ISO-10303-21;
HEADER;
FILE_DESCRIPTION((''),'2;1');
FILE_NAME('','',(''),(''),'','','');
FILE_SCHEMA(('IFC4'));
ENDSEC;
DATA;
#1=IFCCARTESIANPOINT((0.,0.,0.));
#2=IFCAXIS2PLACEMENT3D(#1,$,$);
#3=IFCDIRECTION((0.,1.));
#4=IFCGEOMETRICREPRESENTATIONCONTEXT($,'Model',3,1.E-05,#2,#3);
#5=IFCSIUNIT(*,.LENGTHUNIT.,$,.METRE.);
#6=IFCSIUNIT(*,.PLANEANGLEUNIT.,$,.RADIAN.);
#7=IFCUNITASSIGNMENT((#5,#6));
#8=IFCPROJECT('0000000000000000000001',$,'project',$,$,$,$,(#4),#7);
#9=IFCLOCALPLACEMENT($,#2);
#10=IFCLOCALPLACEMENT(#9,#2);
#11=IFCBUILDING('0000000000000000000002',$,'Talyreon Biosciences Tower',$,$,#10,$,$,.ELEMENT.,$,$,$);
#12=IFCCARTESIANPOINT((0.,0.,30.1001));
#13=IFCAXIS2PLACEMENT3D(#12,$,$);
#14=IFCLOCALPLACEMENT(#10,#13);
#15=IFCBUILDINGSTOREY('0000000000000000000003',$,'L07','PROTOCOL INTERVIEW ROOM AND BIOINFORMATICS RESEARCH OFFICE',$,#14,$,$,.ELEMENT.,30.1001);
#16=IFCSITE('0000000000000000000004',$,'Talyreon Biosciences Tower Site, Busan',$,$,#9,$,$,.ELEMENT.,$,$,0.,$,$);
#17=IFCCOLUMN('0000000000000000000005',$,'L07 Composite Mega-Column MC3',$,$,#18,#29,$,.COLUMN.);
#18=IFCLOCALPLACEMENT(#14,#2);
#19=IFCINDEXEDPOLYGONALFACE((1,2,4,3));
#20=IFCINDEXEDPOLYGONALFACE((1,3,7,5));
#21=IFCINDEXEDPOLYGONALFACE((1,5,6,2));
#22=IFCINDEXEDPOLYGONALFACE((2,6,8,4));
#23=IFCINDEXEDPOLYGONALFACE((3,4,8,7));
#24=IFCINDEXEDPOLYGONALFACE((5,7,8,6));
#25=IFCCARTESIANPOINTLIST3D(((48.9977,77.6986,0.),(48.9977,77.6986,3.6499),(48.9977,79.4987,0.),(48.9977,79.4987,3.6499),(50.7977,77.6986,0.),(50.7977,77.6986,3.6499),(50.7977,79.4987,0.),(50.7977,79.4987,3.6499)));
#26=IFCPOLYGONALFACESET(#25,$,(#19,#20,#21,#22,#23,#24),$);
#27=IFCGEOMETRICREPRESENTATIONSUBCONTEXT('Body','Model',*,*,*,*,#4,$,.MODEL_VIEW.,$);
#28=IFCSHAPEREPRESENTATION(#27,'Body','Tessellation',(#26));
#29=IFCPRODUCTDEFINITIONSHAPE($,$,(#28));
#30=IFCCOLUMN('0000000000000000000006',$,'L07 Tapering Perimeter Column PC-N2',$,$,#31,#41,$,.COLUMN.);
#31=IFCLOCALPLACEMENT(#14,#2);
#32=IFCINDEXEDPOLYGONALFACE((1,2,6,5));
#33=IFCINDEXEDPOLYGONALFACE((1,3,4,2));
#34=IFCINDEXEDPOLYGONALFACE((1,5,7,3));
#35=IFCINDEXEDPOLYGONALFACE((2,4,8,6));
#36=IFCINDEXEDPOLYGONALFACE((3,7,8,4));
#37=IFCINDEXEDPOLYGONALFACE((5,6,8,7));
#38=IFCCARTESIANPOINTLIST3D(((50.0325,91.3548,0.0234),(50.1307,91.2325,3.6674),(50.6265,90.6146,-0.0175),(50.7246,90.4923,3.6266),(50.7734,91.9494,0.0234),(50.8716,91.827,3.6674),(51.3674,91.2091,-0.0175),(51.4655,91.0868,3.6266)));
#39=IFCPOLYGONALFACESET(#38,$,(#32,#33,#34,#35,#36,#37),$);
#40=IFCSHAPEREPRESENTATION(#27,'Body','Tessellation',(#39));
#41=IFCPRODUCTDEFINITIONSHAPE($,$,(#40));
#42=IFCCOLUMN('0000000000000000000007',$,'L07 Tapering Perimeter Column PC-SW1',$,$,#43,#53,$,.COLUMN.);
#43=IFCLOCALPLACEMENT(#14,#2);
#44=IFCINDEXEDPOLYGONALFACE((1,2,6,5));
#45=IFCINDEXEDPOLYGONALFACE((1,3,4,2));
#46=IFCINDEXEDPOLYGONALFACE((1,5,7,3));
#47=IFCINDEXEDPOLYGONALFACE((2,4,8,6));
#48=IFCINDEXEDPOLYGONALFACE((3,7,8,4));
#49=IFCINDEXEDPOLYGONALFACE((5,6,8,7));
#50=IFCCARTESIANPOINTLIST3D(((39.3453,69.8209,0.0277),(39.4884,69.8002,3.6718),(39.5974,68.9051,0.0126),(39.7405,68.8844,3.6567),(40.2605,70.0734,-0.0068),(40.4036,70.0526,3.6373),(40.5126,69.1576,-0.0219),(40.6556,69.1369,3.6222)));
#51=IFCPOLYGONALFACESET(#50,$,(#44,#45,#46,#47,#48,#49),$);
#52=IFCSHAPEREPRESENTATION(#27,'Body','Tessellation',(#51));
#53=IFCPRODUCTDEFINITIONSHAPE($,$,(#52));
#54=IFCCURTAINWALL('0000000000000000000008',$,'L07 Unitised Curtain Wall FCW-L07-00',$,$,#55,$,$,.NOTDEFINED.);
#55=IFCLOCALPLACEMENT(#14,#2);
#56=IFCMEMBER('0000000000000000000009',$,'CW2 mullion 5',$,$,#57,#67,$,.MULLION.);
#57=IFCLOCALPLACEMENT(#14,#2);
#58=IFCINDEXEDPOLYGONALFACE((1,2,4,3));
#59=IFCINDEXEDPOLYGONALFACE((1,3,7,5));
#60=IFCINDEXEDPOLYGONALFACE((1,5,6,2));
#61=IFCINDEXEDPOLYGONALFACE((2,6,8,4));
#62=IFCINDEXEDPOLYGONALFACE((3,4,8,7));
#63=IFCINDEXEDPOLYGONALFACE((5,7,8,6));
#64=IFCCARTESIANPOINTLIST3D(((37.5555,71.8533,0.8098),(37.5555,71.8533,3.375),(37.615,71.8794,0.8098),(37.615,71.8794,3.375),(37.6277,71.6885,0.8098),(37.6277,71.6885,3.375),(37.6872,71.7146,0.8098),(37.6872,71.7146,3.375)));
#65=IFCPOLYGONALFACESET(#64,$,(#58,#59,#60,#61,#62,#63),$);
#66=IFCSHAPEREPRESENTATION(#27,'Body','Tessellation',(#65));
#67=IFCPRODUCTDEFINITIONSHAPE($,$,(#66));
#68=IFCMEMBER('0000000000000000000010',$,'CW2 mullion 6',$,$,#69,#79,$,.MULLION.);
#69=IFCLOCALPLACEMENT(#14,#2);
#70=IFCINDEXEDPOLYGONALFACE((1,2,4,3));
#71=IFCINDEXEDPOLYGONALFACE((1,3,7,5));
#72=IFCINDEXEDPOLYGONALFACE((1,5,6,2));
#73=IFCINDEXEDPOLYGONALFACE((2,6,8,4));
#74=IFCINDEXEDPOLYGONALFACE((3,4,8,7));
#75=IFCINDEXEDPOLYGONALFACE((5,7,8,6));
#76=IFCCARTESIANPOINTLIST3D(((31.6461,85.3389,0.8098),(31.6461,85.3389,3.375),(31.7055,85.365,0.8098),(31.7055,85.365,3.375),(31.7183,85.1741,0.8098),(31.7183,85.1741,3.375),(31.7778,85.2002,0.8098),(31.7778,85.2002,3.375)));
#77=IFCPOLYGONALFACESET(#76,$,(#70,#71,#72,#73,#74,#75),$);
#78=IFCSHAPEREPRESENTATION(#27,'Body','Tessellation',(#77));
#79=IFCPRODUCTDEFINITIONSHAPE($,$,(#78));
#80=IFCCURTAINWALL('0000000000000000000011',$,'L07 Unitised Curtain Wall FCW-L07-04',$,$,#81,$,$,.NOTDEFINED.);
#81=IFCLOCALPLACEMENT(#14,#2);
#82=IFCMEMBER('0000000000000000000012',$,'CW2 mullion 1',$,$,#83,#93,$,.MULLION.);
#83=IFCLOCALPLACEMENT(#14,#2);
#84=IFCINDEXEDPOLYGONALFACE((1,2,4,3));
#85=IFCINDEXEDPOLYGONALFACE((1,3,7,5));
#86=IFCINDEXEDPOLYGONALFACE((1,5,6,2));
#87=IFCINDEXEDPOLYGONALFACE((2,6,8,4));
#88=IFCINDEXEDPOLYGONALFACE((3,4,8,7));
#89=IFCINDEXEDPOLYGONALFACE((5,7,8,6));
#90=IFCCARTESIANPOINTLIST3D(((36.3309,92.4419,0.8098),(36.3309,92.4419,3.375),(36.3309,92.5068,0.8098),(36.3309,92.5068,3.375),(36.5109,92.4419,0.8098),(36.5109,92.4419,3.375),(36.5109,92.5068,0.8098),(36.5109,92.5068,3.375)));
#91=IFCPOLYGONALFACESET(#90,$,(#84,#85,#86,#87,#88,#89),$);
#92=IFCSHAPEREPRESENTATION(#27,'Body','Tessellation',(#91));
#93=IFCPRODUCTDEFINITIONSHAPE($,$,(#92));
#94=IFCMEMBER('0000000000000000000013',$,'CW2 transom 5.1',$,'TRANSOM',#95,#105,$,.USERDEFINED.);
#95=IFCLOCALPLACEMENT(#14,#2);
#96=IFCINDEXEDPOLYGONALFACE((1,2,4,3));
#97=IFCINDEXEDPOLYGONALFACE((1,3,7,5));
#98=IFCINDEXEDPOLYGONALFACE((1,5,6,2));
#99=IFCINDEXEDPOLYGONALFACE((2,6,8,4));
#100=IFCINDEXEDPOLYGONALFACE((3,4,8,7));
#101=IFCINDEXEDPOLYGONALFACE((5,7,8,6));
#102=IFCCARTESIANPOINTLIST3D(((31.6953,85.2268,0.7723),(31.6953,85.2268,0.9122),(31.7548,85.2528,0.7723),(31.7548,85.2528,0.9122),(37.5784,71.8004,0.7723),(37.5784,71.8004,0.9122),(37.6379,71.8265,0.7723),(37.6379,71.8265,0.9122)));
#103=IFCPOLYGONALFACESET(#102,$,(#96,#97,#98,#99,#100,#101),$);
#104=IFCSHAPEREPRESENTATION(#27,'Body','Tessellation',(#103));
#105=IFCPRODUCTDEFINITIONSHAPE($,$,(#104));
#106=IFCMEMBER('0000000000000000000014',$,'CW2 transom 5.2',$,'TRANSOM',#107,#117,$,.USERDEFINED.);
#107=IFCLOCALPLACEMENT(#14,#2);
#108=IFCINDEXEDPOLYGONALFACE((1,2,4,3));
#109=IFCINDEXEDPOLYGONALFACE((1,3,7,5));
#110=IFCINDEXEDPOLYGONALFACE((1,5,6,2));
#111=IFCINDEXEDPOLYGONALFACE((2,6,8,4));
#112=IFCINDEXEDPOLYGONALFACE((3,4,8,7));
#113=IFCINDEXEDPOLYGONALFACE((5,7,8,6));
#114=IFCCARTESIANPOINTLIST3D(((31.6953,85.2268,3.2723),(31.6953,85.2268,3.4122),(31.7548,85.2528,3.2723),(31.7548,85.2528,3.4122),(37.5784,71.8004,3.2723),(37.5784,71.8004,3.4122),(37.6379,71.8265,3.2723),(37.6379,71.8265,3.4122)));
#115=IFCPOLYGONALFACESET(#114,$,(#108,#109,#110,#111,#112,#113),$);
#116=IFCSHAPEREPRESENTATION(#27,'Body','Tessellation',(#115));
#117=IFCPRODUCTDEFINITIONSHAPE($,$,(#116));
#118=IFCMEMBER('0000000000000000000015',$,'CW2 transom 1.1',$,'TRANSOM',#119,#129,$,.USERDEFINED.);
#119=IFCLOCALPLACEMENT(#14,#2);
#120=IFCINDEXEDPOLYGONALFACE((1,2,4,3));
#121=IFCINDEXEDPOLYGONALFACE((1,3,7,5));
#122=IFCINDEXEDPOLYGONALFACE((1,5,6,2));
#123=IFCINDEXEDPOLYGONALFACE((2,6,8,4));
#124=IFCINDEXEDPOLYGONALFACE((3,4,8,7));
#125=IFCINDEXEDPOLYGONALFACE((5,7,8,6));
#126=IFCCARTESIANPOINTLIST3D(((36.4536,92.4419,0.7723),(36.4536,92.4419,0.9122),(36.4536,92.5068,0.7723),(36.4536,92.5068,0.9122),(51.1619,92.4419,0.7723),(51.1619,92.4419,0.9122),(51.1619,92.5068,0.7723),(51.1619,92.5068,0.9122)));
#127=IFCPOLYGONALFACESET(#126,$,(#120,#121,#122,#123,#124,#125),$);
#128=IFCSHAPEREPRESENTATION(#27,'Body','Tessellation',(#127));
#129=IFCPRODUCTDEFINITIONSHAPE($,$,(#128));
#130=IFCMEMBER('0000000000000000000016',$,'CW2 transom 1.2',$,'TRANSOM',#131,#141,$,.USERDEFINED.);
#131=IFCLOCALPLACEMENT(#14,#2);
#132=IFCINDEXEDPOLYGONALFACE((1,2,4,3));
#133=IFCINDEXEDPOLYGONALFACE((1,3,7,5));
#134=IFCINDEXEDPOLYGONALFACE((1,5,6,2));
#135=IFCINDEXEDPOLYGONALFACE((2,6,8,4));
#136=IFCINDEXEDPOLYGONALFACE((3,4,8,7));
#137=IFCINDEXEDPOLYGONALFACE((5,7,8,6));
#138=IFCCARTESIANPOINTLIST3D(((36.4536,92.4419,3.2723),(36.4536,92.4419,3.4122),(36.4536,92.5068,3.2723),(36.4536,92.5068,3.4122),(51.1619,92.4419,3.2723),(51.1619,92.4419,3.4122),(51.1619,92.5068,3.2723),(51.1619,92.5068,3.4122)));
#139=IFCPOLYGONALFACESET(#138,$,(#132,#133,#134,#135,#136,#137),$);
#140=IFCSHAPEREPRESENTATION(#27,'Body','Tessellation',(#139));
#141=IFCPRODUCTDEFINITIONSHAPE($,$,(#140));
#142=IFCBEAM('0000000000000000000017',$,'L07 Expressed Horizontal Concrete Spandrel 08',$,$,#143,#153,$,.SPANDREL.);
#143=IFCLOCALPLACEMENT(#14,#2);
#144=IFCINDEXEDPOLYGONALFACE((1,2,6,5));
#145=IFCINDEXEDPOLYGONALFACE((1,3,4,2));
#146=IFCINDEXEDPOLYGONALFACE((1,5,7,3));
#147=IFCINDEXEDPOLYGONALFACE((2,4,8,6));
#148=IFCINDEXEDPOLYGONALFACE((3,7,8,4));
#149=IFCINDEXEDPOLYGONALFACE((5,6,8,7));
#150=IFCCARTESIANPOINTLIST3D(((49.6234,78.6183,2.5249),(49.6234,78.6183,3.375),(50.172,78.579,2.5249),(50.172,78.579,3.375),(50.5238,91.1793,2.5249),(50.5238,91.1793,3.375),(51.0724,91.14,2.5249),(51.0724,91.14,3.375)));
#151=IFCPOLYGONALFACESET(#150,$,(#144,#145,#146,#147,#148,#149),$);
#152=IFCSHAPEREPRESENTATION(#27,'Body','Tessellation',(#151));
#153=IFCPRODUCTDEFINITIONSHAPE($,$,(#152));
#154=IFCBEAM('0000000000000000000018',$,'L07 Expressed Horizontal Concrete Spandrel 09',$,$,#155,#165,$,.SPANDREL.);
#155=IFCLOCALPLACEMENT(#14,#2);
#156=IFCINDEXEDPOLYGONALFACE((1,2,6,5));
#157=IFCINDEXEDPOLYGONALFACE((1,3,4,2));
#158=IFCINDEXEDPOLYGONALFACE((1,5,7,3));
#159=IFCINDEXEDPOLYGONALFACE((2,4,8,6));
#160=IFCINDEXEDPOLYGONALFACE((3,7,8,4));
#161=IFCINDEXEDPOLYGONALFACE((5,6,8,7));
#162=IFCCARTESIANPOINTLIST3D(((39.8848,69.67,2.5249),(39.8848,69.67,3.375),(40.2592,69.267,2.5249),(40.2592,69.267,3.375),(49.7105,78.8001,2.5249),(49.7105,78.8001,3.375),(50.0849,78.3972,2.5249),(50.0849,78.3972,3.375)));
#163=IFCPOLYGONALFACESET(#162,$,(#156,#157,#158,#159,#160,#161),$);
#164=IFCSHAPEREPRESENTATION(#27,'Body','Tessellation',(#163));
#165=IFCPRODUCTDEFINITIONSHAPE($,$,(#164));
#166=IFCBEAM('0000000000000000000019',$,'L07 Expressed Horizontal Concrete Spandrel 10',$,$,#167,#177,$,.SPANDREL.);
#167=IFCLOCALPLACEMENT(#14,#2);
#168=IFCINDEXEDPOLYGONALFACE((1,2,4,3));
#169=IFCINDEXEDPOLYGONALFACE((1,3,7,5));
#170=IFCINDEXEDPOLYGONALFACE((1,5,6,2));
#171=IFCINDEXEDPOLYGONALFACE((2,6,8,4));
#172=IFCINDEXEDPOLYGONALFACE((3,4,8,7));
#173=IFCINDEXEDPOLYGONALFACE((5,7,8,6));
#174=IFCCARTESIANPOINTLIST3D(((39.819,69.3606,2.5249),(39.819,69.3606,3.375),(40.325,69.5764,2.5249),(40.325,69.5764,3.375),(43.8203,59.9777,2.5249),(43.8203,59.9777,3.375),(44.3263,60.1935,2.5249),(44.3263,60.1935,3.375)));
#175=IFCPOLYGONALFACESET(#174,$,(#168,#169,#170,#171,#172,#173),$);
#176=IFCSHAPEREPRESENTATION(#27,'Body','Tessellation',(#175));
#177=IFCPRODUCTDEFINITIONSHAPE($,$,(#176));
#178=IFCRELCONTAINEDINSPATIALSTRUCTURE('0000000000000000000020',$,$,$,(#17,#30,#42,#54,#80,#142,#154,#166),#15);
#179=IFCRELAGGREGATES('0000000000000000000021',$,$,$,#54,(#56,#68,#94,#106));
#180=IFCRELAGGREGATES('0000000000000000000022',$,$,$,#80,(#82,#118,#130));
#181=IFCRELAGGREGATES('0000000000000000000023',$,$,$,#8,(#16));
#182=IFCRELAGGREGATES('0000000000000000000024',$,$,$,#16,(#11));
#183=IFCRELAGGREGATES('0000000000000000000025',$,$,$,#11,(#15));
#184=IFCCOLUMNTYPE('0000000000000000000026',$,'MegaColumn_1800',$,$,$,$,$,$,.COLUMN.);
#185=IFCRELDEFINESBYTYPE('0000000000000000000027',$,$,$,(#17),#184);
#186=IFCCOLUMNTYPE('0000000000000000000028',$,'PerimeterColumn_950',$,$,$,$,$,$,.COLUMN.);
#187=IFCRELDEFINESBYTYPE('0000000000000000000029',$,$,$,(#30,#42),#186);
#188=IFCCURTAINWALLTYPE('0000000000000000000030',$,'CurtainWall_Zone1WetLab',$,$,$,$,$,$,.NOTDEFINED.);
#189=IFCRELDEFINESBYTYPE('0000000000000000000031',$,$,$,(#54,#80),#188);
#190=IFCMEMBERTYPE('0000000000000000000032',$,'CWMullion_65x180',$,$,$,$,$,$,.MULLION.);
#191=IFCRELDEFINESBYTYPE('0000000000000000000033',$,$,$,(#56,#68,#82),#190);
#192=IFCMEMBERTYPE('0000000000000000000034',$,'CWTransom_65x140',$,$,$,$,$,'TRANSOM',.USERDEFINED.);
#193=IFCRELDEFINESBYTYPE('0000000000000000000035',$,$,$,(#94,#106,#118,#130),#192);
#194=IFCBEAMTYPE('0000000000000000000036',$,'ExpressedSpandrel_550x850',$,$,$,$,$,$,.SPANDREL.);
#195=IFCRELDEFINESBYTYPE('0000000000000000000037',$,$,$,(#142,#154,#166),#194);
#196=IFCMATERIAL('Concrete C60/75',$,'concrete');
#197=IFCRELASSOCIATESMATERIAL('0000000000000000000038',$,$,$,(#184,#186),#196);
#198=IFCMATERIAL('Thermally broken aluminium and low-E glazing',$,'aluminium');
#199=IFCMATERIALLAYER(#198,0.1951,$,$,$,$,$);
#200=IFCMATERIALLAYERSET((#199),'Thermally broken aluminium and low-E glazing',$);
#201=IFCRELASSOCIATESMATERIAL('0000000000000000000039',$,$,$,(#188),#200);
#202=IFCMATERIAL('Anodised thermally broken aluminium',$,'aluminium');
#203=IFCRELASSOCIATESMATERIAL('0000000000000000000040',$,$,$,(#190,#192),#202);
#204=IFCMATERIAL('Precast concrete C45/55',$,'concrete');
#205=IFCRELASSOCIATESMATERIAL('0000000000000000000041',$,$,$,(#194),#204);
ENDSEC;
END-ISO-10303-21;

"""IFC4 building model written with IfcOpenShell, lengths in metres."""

from ifc_helpers import new_model, si_unit, direction, frame, origin, origin_2d, place, context, subcontext, project, spatial, rectangle, extrude, material, layer, layer_set, material_profile, profile_set, type_object, element, aggregate, save


model = new_model("IFC4")

# Units and contexts
model_context = context("Model", 3, precision=1e-05, world=origin(), true_north=direction((0.0, 1.0)))
body_context = subcontext(model_context, "Body", "Model", "MODEL_VIEW")
ifc_project = project(units=[si_unit("LENGTHUNIT", "METRE"), si_unit("PLANEANGLEUNIT", "RADIAN")], contexts=[model_context])

# Site, building, storey
site_placement = place(None, origin())
site = spatial("IfcSite", under=ifc_project, at=site_placement, Name="Talyreon Biosciences Tower Site, Busan", CompositionType="ELEMENT", RefElevation=0.0)
building_placement = place(site_placement, origin())
building = spatial("IfcBuilding", under=site, at=building_placement, Name="Talyreon Biosciences Tower", CompositionType="ELEMENT")
storey_placement = place(building_placement, frame((0.0, 0.0, 30.1001)))
storey = spatial("IfcBuildingStorey", under=building, at=storey_placement, Name="L07", Description="PROTOCOL INTERVIEW ROOM AND BIOINFORMATICS RESEARCH OFFICE", CompositionType="ELEMENT", Elevation=30.1001)

# Columns
ifc_material_1 = material(Name="Concrete C60/75", Category="concrete")
ifc_material_profile_1 = material_profile(ifc_material_1, rectangle(XDim=1.8, YDim=1.8, at=origin_2d()), Name="RC 1800x1800")
ifc_profile_set_1 = profile_set([ifc_material_profile_1], Name="Concrete C60/75")
column_type_1 = type_object("IfcColumnType", Name="MegaColumn_1800", PredefinedType="COLUMN", material=ifc_profile_set_1)
column_1_placement = place(storey_placement, frame((49.8977, 78.5986, 0.0), z_axis=(0.0, 0.0, 1.0), x_axis=(1.0, 0.0, 0.0)))
element("IfcColumn", 1, at=column_1_placement, inside=storey, type_object=column_type_1, Name="L07 Composite Mega-Column MC3", PredefinedType="COLUMN", context=body_context, shape_type="SweptSolid", body=[
    extrude(rectangle(XDim=1.8, YDim=1.8, at=origin_2d()), origin(), (0.0, 0.0, 1.0), 3.6499),
])
ifc_material_profile_2 = material_profile(ifc_material_1, rectangle(XDim=0.95, YDim=0.95, at=origin_2d()), Name="RC 950x950")
ifc_profile_set_2 = profile_set([ifc_material_profile_2], Name="Concrete C60/75")
column_type_2 = type_object("IfcColumnType", Name="PerimeterColumn_950", PredefinedType="COLUMN", material=ifc_profile_set_2)
column_2_placement = place(storey_placement, frame((50.7, 91.282, 0.0029), z_axis=(0.026908, -0.033535, 0.999075), x_axis=(-0.779957, -0.625834, 0.0)))
element("IfcColumn", 2, at=column_2_placement, inside=storey, type_object=column_type_2, Name="L07 Tapering Perimeter Column PC-N2", PredefinedType="COLUMN", context=body_context, shape_type="SweptSolid", body=[
    extrude(rectangle(XDim=0.95, YDim=0.95, at=origin_2d()), origin(), (0.0, 0.0, 1.0), 3.6475),
])
column_3_placement = place(storey_placement, frame((39.929, 69.4893, 0.0029), z_axis=(0.039229, -0.00569, 0.999214), x_axis=(0.963352, 0.265773, -0.036308)))
element("IfcColumn", 3, at=column_3_placement, inside=storey, type_object=column_type_2, Name="L07 Tapering Perimeter Column PC-SW1", PredefinedType="COLUMN", context=body_context, shape_type="SweptSolid", body=[
    extrude(rectangle(XDim=0.95, YDim=0.95, at=origin_2d()), origin(), (0.0, 0.0, 1.0), 3.647),
])

# Curtain wall, members
ifc_material_2 = material(Name="Thermally broken aluminium and low-E glazing", Category="aluminium")
ifc_layer_1 = layer(ifc_material_2, 0.1951)
ifc_layer_set_1 = layer_set([ifc_layer_1], Name="Thermally broken aluminium and low-E glazing")
curtain_wall_type = type_object("IfcCurtainWallType", Name="CurtainWall_Zone1WetLab", PredefinedType="NOTDEFINED", material=ifc_layer_set_1)
curtain_wall_1_placement = place(storey_placement, origin())
curtain_wall_1 = element("IfcCurtainWall", 4, at=curtain_wall_1_placement, inside=storey, type_object=curtain_wall_type, Name="L07 Unitised Curtain Wall FCW-L07-00", PredefinedType="NOTDEFINED")
ifc_material_3 = material(Name="Anodised thermally broken aluminium", Category="aluminium")
ifc_material_profile_3 = material_profile(ifc_material_3, rectangle(XDim=0.0649, YDim=0.1799, at=origin_2d()), Name="ALUM MULLION 65x180")
ifc_profile_set_3 = profile_set([ifc_material_profile_3], Name="Anodised thermally broken aluminium")
member_type_1 = type_object("IfcMemberType", Name="CWMullion_65x180", PredefinedType="MULLION", material=ifc_profile_set_3)
member_1_placement = place(storey_placement, frame((37.6213, 71.7839, 0.8098), z_axis=(0.0, 0.0, 1.0), x_axis=(-0.915927, -0.401345, 0.0)))
member_1 = element("IfcMember", 5, at=member_1_placement, type_object=member_type_1, Name="CW2 mullion 5", PredefinedType="MULLION", context=body_context, shape_type="SweptSolid", body=[
    extrude(rectangle(XDim=0.0649, YDim=0.1799, at=origin_2d()), origin(), (0.0, 0.0, 1.0), 2.5652),
])
member_2_placement = place(storey_placement, frame((31.7119, 85.2695, 0.8098), z_axis=(0.0, 0.0, 1.0), x_axis=(-0.915927, -0.401345, 0.0)))
member_2 = element("IfcMember", 6, at=member_2_placement, type_object=member_type_1, Name="CW2 mullion 6", PredefinedType="MULLION", context=body_context, shape_type="SweptSolid", body=[
    extrude(rectangle(XDim=0.0649, YDim=0.1799, at=origin_2d()), origin(), (0.0, 0.0, 1.0), 2.5652),
])

# Curtain wall, member
curtain_wall_2_placement = place(storey_placement, origin())
curtain_wall_2 = element("IfcCurtainWall", 7, at=curtain_wall_2_placement, inside=storey, type_object=curtain_wall_type, Name="L07 Unitised Curtain Wall FCW-L07-04", PredefinedType="NOTDEFINED")
member_3_placement = place(storey_placement, frame((36.4209, 92.4744, 0.8098), z_axis=(0.0, 0.0, 1.0), x_axis=(0.0, 1.0, 0.0)))
member_3 = element("IfcMember", 8, at=member_3_placement, type_object=member_type_1, Name="CW2 mullion 1", PredefinedType="MULLION", context=body_context, shape_type="SweptSolid", body=[
    extrude(rectangle(XDim=0.0649, YDim=0.1799, at=origin_2d()), origin(), (0.0, 0.0, 1.0), 2.5652),
])

# Members
ifc_material_profile_4 = material_profile(ifc_material_3, rectangle(XDim=0.0649, YDim=0.1399, at=origin_2d()), Name="ALUM TRANSOM 65x140")
ifc_profile_set_4 = profile_set([ifc_material_profile_4], Name="Anodised thermally broken aluminium")
member_type_2 = type_object("IfcMemberType", Name="CWTransom_65x140", ElementType="TRANSOM", PredefinedType="USERDEFINED", material=ifc_profile_set_4)
member_4_placement = place(storey_placement, frame((37.6082, 71.8135, 0.8423), z_axis=(-0.401338, 0.91593, 0.0), x_axis=(-0.91593, -0.401338, 0.0)))
member_4 = element("IfcMember", 9, at=member_4_placement, type_object=member_type_2, Name="CW2 transom 5.1", ObjectType="TRANSOM", PredefinedType="USERDEFINED", context=body_context, shape_type="SweptSolid", body=[
    extrude(rectangle(XDim=0.0649, YDim=0.1399, at=origin_2d()), origin(), (0.0, 0.0, 1.0), 14.6587),
])
member_5_placement = place(storey_placement, frame((37.6082, 71.8135, 3.3423), z_axis=(-0.401338, 0.91593, 0.0), x_axis=(-0.91593, -0.401338, 0.0)))
member_5 = element("IfcMember", 10, at=member_5_placement, type_object=member_type_2, Name="CW2 transom 5.2", ObjectType="TRANSOM", PredefinedType="USERDEFINED", context=body_context, shape_type="SweptSolid", body=[
    extrude(rectangle(XDim=0.0649, YDim=0.1399, at=origin_2d()), origin(), (0.0, 0.0, 1.0), 14.6587),
])
member_6_placement = place(storey_placement, frame((36.4536, 92.4744, 0.8423), z_axis=(1.0, 0.0, 0.0), x_axis=(0.0, 1.0, 0.0)))
member_6 = element("IfcMember", 11, at=member_6_placement, type_object=member_type_2, Name="CW2 transom 1.1", ObjectType="TRANSOM", PredefinedType="USERDEFINED", context=body_context, shape_type="SweptSolid", body=[
    extrude(rectangle(XDim=0.0649, YDim=0.1399, at=origin_2d()), origin(), (0.0, 0.0, 1.0), 14.7083),
])
member_7_placement = place(storey_placement, frame((36.4536, 92.4744, 3.3423), z_axis=(1.0, 0.0, 0.0), x_axis=(0.0, 1.0, 0.0)))
member_7 = element("IfcMember", 12, at=member_7_placement, type_object=member_type_2, Name="CW2 transom 1.2", ObjectType="TRANSOM", PredefinedType="USERDEFINED", context=body_context, shape_type="SweptSolid", body=[
    extrude(rectangle(XDim=0.0649, YDim=0.1399, at=origin_2d()), origin(), (0.0, 0.0, 1.0), 14.7083),
])

# Beams
ifc_material_4 = material(Name="Precast concrete C45/55", Category="concrete")
ifc_material_profile_5 = material_profile(ifc_material_4, rectangle(XDim=0.55, YDim=0.8501, at=origin_2d()), Name="RCB 550x850")
ifc_profile_set_5 = profile_set([ifc_material_profile_5], Name="Precast concrete C45/55")
beam_type_1 = type_object("IfcBeamType", Name="ExpressedSpandrel_550x850", PredefinedType="SPANDREL", material=ifc_profile_set_5)
beam_1_placement = place(storey_placement, frame((50.7981, 91.1597, 2.95), z_axis=(-0.071498, -0.997441, 0.0), x_axis=(0.997441, -0.071498, 0.0)))
element("IfcBeam", 13, at=beam_1_placement, inside=storey, type_object=beam_type_1, Name="L07 Expressed Horizontal Concrete Spandrel 08", PredefinedType="SPANDREL", context=body_context, shape_type="SweptSolid", body=[
    extrude(rectangle(XDim=0.55, YDim=0.8501, at=origin_2d()), origin(), (0.0, 0.0, 1.0), 12.5933),
])
beam_2_placement = place(storey_placement, frame((49.8977, 78.5986, 2.95), z_axis=(-0.73256, -0.680702, 0.0), x_axis=(0.680702, -0.73256, 0.0)))
element("IfcBeam", 14, at=beam_2_placement, inside=storey, type_object=beam_type_1, Name="L07 Expressed Horizontal Concrete Spandrel 09", PredefinedType="SPANDREL", context=body_context, shape_type="SweptSolid", body=[
    extrude(rectangle(XDim=0.55, YDim=0.8501, at=origin_2d()), origin(), (0.0, 0.0, 1.0), 13.4128),
])
beam_3_placement = place(storey_placement, frame((40.072, 69.4685, 2.95), z_axis=(0.392263, -0.919853, 0.0), x_axis=(0.919853, 0.392263, 0.0)))
element("IfcBeam", 15, at=beam_3_placement, inside=storey, type_object=beam_type_1, Name="L07 Expressed Horizontal Concrete Spandrel 10", PredefinedType="SPANDREL", context=body_context, shape_type="SweptSolid", body=[
    extrude(rectangle(XDim=0.55, YDim=0.8501, at=origin_2d()), origin(), (0.0, 0.0, 1.0), 10.2004),
])

aggregate(curtain_wall_1, [member_1, member_2, member_4, member_5])
aggregate(curtain_wall_2, [member_3, member_6, member_7])

save(model, "model.ifc")
